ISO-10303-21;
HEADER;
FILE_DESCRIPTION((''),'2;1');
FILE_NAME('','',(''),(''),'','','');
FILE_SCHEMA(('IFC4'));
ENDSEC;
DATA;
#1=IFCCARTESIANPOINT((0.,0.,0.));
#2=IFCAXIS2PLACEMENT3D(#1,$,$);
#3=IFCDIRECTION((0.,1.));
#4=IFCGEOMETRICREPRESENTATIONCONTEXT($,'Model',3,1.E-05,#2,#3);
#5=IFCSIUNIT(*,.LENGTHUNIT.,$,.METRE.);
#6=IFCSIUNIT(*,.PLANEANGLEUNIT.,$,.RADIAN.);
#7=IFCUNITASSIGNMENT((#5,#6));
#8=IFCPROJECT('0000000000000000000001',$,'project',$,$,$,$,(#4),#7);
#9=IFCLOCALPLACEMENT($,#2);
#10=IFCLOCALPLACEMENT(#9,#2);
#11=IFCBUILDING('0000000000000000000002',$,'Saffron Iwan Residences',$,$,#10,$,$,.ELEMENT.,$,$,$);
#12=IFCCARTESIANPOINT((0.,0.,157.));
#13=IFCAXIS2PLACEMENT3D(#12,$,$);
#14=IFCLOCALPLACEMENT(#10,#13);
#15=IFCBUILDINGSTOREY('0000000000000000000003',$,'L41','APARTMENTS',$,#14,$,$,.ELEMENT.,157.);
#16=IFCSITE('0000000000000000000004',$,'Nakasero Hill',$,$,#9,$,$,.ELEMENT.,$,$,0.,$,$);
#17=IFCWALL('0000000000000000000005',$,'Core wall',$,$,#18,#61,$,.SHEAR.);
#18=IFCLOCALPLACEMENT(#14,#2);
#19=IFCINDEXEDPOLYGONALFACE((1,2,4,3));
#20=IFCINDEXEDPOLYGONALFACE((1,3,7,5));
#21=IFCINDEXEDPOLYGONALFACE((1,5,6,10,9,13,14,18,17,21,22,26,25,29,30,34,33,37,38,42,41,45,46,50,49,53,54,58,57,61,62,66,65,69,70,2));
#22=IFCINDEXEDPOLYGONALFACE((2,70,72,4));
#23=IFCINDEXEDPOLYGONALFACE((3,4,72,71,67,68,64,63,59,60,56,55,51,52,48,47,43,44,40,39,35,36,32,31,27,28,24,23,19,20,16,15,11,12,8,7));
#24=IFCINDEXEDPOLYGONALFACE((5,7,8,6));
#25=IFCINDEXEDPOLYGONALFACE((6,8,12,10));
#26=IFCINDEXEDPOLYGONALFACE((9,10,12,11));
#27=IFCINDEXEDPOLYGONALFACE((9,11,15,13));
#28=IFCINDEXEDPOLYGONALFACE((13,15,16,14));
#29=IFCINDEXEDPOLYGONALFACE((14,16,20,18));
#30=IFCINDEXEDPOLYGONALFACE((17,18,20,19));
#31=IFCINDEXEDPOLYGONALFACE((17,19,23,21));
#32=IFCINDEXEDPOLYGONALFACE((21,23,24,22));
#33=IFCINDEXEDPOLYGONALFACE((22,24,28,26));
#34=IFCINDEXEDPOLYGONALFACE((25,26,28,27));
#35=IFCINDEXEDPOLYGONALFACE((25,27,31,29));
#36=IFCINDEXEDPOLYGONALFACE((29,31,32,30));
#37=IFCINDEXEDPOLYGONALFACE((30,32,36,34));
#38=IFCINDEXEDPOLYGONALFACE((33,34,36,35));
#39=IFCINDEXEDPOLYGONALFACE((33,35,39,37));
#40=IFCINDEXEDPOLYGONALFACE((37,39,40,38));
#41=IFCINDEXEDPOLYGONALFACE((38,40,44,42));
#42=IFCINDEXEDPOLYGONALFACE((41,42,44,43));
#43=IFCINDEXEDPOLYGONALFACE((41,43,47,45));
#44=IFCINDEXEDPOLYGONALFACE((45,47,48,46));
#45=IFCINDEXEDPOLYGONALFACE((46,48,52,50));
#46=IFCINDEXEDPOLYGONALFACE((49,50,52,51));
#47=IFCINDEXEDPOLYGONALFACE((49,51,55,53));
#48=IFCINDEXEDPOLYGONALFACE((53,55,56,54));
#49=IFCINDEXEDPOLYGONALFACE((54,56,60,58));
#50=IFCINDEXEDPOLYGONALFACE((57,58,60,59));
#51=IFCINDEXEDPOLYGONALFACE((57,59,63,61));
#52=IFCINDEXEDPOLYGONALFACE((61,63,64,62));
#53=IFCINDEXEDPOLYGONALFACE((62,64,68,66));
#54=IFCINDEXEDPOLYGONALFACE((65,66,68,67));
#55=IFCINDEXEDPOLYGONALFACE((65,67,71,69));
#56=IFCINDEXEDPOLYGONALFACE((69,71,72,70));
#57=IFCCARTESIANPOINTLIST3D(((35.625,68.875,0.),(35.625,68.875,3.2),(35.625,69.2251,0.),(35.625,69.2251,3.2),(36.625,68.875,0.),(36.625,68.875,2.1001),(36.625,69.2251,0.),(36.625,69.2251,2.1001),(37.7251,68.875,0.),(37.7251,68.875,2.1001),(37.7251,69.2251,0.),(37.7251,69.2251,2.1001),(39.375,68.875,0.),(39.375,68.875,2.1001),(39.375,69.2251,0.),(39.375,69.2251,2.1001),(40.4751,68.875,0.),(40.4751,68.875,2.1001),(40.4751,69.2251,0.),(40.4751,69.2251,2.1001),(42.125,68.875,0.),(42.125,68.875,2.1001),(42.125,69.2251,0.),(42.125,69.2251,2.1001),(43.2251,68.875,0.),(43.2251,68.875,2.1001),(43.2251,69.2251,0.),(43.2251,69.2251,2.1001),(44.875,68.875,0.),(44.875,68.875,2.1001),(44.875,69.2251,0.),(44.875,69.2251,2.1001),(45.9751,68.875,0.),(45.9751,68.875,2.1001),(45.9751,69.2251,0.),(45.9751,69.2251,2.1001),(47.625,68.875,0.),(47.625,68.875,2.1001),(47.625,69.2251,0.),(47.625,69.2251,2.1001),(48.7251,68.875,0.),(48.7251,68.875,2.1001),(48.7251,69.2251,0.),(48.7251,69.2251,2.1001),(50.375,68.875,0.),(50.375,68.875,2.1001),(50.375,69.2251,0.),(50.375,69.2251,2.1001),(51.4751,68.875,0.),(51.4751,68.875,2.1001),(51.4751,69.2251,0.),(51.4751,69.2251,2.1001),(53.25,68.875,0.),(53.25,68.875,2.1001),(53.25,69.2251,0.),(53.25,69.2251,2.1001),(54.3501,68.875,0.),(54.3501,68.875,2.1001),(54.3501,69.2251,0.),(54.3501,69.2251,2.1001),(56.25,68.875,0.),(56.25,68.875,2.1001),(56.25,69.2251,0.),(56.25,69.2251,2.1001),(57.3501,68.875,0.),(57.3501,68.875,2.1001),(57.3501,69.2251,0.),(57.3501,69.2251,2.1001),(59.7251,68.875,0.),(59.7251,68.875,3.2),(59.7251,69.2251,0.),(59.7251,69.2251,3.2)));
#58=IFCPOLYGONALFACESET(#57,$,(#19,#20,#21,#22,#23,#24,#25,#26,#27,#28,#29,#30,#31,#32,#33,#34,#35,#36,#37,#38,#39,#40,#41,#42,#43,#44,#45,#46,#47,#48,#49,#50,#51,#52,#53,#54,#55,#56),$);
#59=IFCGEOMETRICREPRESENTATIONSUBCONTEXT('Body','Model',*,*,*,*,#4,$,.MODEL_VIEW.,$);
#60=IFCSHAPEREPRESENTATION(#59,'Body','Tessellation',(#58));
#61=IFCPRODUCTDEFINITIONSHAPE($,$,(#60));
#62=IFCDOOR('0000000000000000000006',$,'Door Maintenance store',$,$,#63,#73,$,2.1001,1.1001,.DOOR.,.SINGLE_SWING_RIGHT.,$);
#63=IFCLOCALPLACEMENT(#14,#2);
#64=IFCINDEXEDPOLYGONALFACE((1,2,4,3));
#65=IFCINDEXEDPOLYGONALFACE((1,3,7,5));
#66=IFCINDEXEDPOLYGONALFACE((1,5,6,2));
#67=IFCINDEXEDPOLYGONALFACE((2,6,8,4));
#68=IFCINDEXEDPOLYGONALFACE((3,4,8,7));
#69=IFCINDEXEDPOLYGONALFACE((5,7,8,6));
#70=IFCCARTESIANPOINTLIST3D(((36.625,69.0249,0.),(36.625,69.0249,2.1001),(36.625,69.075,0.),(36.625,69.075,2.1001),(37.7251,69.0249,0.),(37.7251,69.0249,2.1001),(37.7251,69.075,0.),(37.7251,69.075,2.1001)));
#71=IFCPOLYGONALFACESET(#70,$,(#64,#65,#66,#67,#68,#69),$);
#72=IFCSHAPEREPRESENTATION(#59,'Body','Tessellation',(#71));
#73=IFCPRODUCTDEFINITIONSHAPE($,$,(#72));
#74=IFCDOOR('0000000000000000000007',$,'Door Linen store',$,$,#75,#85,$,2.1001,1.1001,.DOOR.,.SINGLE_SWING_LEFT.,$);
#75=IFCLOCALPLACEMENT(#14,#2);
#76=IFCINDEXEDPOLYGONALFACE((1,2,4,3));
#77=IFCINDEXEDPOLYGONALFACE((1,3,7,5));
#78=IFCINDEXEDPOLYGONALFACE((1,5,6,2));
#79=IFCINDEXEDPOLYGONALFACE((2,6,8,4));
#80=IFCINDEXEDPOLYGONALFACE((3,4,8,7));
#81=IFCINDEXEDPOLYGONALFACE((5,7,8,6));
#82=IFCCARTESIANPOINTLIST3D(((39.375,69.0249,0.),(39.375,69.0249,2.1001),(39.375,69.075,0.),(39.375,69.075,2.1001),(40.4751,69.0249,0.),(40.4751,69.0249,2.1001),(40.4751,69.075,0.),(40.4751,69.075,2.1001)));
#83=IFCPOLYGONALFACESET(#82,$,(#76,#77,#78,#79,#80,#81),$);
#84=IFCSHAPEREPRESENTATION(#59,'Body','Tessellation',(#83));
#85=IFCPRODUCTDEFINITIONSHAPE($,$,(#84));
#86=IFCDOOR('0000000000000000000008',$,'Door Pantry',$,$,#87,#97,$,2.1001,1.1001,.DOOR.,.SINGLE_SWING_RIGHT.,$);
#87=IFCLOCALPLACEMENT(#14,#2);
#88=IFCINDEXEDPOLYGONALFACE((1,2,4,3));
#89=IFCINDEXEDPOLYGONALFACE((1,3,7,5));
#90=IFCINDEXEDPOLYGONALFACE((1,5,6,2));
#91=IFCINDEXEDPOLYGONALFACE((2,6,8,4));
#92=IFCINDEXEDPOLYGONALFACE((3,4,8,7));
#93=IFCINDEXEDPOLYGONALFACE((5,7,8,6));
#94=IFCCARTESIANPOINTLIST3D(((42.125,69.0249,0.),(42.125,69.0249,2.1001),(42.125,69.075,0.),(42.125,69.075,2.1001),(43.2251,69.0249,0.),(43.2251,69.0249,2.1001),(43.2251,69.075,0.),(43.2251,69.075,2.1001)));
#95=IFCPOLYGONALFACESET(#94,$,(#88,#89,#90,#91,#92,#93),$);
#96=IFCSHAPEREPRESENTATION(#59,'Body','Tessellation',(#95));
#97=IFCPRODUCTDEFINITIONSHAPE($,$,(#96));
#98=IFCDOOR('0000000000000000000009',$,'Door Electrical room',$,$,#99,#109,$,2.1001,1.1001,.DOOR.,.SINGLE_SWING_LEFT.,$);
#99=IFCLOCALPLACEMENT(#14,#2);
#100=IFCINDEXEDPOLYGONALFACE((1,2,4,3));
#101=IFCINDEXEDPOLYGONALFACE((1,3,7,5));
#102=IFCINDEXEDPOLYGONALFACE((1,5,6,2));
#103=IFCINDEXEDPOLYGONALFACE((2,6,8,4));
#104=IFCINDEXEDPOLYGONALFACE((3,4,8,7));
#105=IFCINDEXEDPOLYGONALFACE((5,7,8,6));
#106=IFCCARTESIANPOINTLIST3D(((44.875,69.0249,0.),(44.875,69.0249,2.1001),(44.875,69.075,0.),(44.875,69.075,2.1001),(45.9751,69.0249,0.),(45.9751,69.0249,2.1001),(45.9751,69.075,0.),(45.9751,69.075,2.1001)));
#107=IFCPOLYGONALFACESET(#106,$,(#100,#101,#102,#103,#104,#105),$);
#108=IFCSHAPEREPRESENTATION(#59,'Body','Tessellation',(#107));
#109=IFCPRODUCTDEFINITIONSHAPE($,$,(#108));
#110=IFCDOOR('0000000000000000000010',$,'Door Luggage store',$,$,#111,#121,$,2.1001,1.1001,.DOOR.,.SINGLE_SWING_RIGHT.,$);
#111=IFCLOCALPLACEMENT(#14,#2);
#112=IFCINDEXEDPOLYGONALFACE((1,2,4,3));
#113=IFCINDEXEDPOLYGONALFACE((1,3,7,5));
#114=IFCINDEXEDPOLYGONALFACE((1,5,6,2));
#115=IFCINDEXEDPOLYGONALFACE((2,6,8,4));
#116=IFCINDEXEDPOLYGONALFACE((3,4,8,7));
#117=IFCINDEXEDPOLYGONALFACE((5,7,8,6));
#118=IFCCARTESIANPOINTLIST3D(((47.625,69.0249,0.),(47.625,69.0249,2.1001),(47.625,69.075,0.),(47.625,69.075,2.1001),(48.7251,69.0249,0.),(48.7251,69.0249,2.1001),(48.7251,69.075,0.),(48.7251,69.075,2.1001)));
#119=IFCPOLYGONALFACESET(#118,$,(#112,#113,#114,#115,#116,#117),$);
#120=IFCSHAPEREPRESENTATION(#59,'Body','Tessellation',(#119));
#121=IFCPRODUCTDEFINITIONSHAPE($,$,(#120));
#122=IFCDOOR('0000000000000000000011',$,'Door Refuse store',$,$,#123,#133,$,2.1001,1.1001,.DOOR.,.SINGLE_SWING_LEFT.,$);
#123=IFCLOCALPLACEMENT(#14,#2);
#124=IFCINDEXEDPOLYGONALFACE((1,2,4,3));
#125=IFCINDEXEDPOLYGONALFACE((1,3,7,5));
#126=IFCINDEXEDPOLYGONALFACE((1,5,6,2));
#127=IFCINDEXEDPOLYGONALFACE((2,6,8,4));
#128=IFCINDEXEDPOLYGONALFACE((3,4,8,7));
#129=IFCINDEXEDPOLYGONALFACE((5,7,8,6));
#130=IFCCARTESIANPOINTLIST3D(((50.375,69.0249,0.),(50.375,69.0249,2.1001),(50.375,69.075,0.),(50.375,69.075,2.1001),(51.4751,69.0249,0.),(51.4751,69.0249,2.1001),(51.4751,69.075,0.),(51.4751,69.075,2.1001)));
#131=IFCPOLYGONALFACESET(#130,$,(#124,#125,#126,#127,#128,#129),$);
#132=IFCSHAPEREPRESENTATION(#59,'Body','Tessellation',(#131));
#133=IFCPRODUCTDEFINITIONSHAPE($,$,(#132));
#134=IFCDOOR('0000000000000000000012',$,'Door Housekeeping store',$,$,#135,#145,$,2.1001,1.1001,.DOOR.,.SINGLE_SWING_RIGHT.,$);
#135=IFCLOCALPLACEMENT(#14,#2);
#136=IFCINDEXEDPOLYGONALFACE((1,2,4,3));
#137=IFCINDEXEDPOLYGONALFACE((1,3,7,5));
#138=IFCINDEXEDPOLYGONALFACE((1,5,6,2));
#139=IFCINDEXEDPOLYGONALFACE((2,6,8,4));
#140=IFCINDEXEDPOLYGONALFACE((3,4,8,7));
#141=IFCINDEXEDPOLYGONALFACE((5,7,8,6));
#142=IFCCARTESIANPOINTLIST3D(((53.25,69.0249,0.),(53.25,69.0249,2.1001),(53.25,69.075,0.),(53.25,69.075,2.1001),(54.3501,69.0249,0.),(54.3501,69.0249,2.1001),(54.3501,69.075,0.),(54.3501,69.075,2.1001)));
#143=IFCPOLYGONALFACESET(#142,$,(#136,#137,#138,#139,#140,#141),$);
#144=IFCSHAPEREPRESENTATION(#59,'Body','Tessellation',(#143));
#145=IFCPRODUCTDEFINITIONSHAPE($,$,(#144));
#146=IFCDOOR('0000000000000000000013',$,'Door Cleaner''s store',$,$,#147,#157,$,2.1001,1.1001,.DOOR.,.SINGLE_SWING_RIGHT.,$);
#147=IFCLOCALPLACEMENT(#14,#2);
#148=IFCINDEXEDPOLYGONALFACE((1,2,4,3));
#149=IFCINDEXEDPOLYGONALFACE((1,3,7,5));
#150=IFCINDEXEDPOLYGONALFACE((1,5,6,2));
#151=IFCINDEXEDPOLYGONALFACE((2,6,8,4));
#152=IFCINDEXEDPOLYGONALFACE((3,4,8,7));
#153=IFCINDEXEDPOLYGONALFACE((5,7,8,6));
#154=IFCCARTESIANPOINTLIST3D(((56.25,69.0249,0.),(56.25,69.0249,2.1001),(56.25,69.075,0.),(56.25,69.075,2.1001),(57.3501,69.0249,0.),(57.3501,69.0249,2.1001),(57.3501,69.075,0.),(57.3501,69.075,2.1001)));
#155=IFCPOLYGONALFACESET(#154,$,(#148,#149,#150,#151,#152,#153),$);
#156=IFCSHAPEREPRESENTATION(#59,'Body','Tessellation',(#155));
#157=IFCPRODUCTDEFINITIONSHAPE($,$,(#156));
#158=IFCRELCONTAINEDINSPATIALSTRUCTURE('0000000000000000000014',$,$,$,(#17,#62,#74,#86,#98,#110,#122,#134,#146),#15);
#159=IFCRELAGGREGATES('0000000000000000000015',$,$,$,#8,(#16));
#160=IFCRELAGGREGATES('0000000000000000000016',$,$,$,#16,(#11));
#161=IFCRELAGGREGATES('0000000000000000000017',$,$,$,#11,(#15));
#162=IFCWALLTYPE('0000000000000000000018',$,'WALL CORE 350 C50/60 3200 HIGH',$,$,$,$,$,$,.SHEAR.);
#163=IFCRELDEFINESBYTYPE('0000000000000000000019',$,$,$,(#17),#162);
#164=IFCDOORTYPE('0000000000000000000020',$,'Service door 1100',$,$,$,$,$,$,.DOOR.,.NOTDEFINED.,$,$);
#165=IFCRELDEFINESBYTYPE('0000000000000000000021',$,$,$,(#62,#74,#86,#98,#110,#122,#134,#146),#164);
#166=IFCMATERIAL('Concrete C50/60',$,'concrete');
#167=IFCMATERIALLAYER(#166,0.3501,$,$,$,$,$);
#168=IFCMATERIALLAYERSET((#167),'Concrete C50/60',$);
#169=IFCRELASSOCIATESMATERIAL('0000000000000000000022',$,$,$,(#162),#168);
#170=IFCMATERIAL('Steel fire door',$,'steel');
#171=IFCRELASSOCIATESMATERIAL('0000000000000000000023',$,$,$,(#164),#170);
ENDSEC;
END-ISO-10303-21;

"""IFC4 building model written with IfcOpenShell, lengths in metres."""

from ifc_helpers import new_model, si_unit, direction, frame, frame_2d, origin, place, context, subcontext, project, spatial, rectangle, extrude, material, layer, layer_set, type_object, element, fill, save


model = new_model("IFC4")

# Units and contexts
model_context = context("Model", 3, precision=1e-05, world=origin(), true_north=direction((0.0, 1.0)))
body_context = subcontext(model_context, "Body", "Model", "MODEL_VIEW")
ifc_project = project(units=[si_unit("LENGTHUNIT", "METRE"), si_unit("PLANEANGLEUNIT", "RADIAN")], contexts=[model_context])

# Site, building, storey
site_placement = place(None, origin())
site = spatial("IfcSite", under=ifc_project, at=site_placement, Name="Nakasero Hill", CompositionType="ELEMENT", RefElevation=0.0)
building_placement = place(site_placement, origin())
building = spatial("IfcBuilding", under=site, at=building_placement, Name="Saffron Iwan Residences", CompositionType="ELEMENT")
storey_placement = place(building_placement, frame((0.0, 0.0, 157.0)))
storey = spatial("IfcBuildingStorey", under=building, at=storey_placement, Name="L41", Description="APARTMENTS", CompositionType="ELEMENT", Elevation=157.0)

# Wall, openings, doors
ifc_material_1 = material(Name="Concrete C50/60", Category="concrete")
ifc_layer_1 = layer(ifc_material_1, 0.3501)
ifc_layer_set_1 = layer_set([ifc_layer_1], Name="Concrete C50/60")
wall_type = type_object("IfcWallType", Name="WALL CORE 350 C50/60 3200 HIGH", PredefinedType="SHEAR", material=ifc_layer_set_1)
wall_placement = place(storey_placement, frame((35.625, 69.05, 0.0), z_axis=(0.0, 0.0, 1.0), x_axis=(1.0, 0.0, 0.0)))
wall = element("IfcWall", 1, at=wall_placement, inside=storey, type_object=wall_type, Name="Core wall", PredefinedType="SHEAR", context=body_context, shape_type="SweptSolid", body=[
    extrude(rectangle(XDim=24.1001, YDim=0.3501, at=frame_2d((12.05, 0.0))), origin(), (0.0, 0.0, 1.0), 3.2),
])
opening_1_placement = place(wall_placement, frame((1.0, 0.0, 0.0)))
opening_1 = element("IfcOpeningElement", 2, at=opening_1_placement, cuts=wall, PredefinedType="OPENING", context=body_context, shape_type="SweptSolid", body=[
    extrude(rectangle(XDim=1.1001, YDim=2.1001, at=frame_2d((0.55, 1.05))), frame((0.0, 0.1851, 0.0), z_axis=(0.0, -1.0, 0.0), x_axis=(1.0, 0.0, 0.0)), (0.0, 0.0, 1.0), 0.3701),
])
opening_2_placement = place(wall_placement, frame((3.75, 0.0, 0.0)))
opening_2 = element("IfcOpeningElement", 3, at=opening_2_placement, cuts=wall, PredefinedType="OPENING", context=body_context, shape_type="SweptSolid", body=[
    extrude(rectangle(XDim=1.1001, YDim=2.1001, at=frame_2d((0.55, 1.05))), frame((0.0, 0.1851, 0.0), z_axis=(0.0, -1.0, 0.0), x_axis=(1.0, 0.0, 0.0)), (0.0, 0.0, 1.0), 0.3701),
])
opening_3_placement = place(wall_placement, frame((6.5, 0.0, 0.0)))
opening_3 = element("IfcOpeningElement", 4, at=opening_3_placement, cuts=wall, PredefinedType="OPENING", context=body_context, shape_type="SweptSolid", body=[
    extrude(rectangle(XDim=1.1001, YDim=2.1001, at=frame_2d((0.55, 1.05))), frame((0.0, 0.1851, 0.0), z_axis=(0.0, -1.0, 0.0), x_axis=(1.0, 0.0, 0.0)), (0.0, 0.0, 1.0), 0.3701),
])
opening_4_placement = place(wall_placement, frame((9.25, 0.0, 0.0)))
opening_4 = element("IfcOpeningElement", 5, at=opening_4_placement, cuts=wall, PredefinedType="OPENING", context=body_context, shape_type="SweptSolid", body=[
    extrude(rectangle(XDim=1.1001, YDim=2.1001, at=frame_2d((0.55, 1.05))), frame((0.0, 0.1851, 0.0), z_axis=(0.0, -1.0, 0.0), x_axis=(1.0, 0.0, 0.0)), (0.0, 0.0, 1.0), 0.3701),
])
opening_5_placement = place(wall_placement, frame((12.0, 0.0, 0.0)))
opening_5 = element("IfcOpeningElement", 6, at=opening_5_placement, cuts=wall, PredefinedType="OPENING", context=body_context, shape_type="SweptSolid", body=[
    extrude(rectangle(XDim=1.1001, YDim=2.1001, at=frame_2d((0.55, 1.05))), frame((0.0, 0.1851, 0.0), z_axis=(0.0, -1.0, 0.0), x_axis=(1.0, 0.0, 0.0)), (0.0, 0.0, 1.0), 0.3701),
])
opening_6_placement = place(wall_placement, frame((14.75, 0.0, 0.0)))
opening_6 = element("IfcOpeningElement", 7, at=opening_6_placement, cuts=wall, PredefinedType="OPENING", context=body_context, shape_type="SweptSolid", body=[
    extrude(rectangle(XDim=1.1001, YDim=2.1001, at=frame_2d((0.55, 1.05))), frame((0.0, 0.1851, 0.0), z_axis=(0.0, -1.0, 0.0), x_axis=(1.0, 0.0, 0.0)), (0.0, 0.0, 1.0), 0.3701),
])
opening_7_placement = place(wall_placement, frame((17.625, 0.0, 0.0)))
opening_7 = element("IfcOpeningElement", 8, at=opening_7_placement, cuts=wall, PredefinedType="OPENING", context=body_context, shape_type="SweptSolid", body=[
    extrude(rectangle(XDim=1.1001, YDim=2.1001, at=frame_2d((0.55, 1.05))), frame((0.0, 0.1851, 0.0), z_axis=(0.0, -1.0, 0.0), x_axis=(1.0, 0.0, 0.0)), (0.0, 0.0, 1.0), 0.3701),
])
opening_8_placement = place(wall_placement, frame((20.625, 0.0, 0.0)))
opening_8 = element("IfcOpeningElement", 9, at=opening_8_placement, cuts=wall, PredefinedType="OPENING", context=body_context, shape_type="SweptSolid", body=[
    extrude(rectangle(XDim=1.1001, YDim=2.1001, at=frame_2d((0.55, 1.05))), frame((0.0, 0.1851, 0.0), z_axis=(0.0, -1.0, 0.0), x_axis=(1.0, 0.0, 0.0)), (0.0, 0.0, 1.0), 0.3701),
])
ifc_material_2 = material(Name="Steel fire door", Category="steel")
door_type = type_object("IfcDoorType", Name="Service door 1100", OperationType="NOTDEFINED", PredefinedType="DOOR", material=ifc_material_2)
door_1_placement = place(opening_1_placement, origin())
door_1 = element("IfcDoor", 10, at=door_1_placement, inside=storey, type_object=door_type, Name="Door Maintenance store", OperationType="SINGLE_SWING_RIGHT", OverallHeight=2.1001, OverallWidth=1.1001, PredefinedType="DOOR", context=body_context, shape_type="SweptSolid", body=[
    extrude(rectangle(XDim=1.1001, YDim=2.1001, at=frame_2d((0.55, 1.05))), frame((0.0, 0.0249, 0.0), z_axis=(0.0, -1.0, 0.0), x_axis=(1.0, 0.0, 0.0)), (0.0, 0.0, 1.0), 0.05),
])
fill(opening_1, door_1)
door_2_placement = place(opening_2_placement, origin())
door_2 = element("IfcDoor", 11, at=door_2_placement, inside=storey, type_object=door_type, Name="Door Linen store", OperationType="SINGLE_SWING_LEFT", OverallHeight=2.1001, OverallWidth=1.1001, PredefinedType="DOOR", context=body_context, shape_type="SweptSolid", body=[
    extrude(rectangle(XDim=1.1001, YDim=2.1001, at=frame_2d((0.55, 1.05))), frame((0.0, 0.0249, 0.0), z_axis=(0.0, -1.0, 0.0), x_axis=(1.0, 0.0, 0.0)), (0.0, 0.0, 1.0), 0.05),
])
fill(opening_2, door_2)
door_3_placement = place(opening_3_placement, origin())
door_3 = element("IfcDoor", 12, at=door_3_placement, inside=storey, type_object=door_type, Name="Door Pantry", OperationType="SINGLE_SWING_RIGHT", OverallHeight=2.1001, OverallWidth=1.1001, PredefinedType="DOOR", context=body_context, shape_type="SweptSolid", body=[
    extrude(rectangle(XDim=1.1001, YDim=2.1001, at=frame_2d((0.55, 1.05))), frame((0.0, 0.0249, 0.0), z_axis=(0.0, -1.0, 0.0), x_axis=(1.0, 0.0, 0.0)), (0.0, 0.0, 1.0), 0.05),
])
fill(opening_3, door_3)
door_4_placement = place(opening_4_placement, origin())
door_4 = element("IfcDoor", 13, at=door_4_placement, inside=storey, type_object=door_type, Name="Door Electrical room", OperationType="SINGLE_SWING_LEFT", OverallHeight=2.1001, OverallWidth=1.1001, PredefinedType="DOOR", context=body_context, shape_type="SweptSolid", body=[
    extrude(rectangle(XDim=1.1001, YDim=2.1001, at=frame_2d((0.55, 1.05))), frame((0.0, 0.0249, 0.0), z_axis=(0.0, -1.0, 0.0), x_axis=(1.0, 0.0, 0.0)), (0.0, 0.0, 1.0), 0.05),
])
fill(opening_4, door_4)
door_5_placement = place(opening_5_placement, origin())
door_5 = element("IfcDoor", 14, at=door_5_placement, inside=storey, type_object=door_type, Name="Door Luggage store", OperationType="SINGLE_SWING_RIGHT", OverallHeight=2.1001, OverallWidth=1.1001, PredefinedType="DOOR", context=body_context, shape_type="SweptSolid", body=[
    extrude(rectangle(XDim=1.1001, YDim=2.1001, at=frame_2d((0.55, 1.05))), frame((0.0, 0.0249, 0.0), z_axis=(0.0, -1.0, 0.0), x_axis=(1.0, 0.0, 0.0)), (0.0, 0.0, 1.0), 0.05),
])
fill(opening_5, door_5)
door_6_placement = place(opening_6_placement, origin())
door_6 = element("IfcDoor", 15, at=door_6_placement, inside=storey, type_object=door_type, Name="Door Refuse store", OperationType="SINGLE_SWING_LEFT", OverallHeight=2.1001, OverallWidth=1.1001, PredefinedType="DOOR", context=body_context, shape_type="SweptSolid", body=[
    extrude(rectangle(XDim=1.1001, YDim=2.1001, at=frame_2d((0.55, 1.05))), frame((0.0, 0.0249, 0.0), z_axis=(0.0, -1.0, 0.0), x_axis=(1.0, 0.0, 0.0)), (0.0, 0.0, 1.0), 0.05),
])
fill(opening_6, door_6)
door_7_placement = place(opening_7_placement, origin())
door_7 = element("IfcDoor", 16, at=door_7_placement, inside=storey, type_object=door_type, Name="Door Housekeeping store", OperationType="SINGLE_SWING_RIGHT", OverallHeight=2.1001, OverallWidth=1.1001, PredefinedType="DOOR", context=body_context, shape_type="SweptSolid", body=[
    extrude(rectangle(XDim=1.1001, YDim=2.1001, at=frame_2d((0.55, 1.05))), frame((0.0, 0.0249, 0.0), z_axis=(0.0, -1.0, 0.0), x_axis=(1.0, 0.0, 0.0)), (0.0, 0.0, 1.0), 0.05),
])
fill(opening_7, door_7)
door_8_placement = place(opening_8_placement, origin())
door_8 = element("IfcDoor", 17, at=door_8_placement, inside=storey, type_object=door_type, Name="Door Cleaner's store", OperationType="SINGLE_SWING_RIGHT", OverallHeight=2.1001, OverallWidth=1.1001, PredefinedType="DOOR", context=body_context, shape_type="SweptSolid", body=[
    extrude(rectangle(XDim=1.1001, YDim=2.1001, at=frame_2d((0.55, 1.05))), frame((0.0, 0.0249, 0.0), z_axis=(0.0, -1.0, 0.0), x_axis=(1.0, 0.0, 0.0)), (0.0, 0.0, 1.0), 0.05),
])
fill(opening_8, door_8)

save(model, "model.ifc")
